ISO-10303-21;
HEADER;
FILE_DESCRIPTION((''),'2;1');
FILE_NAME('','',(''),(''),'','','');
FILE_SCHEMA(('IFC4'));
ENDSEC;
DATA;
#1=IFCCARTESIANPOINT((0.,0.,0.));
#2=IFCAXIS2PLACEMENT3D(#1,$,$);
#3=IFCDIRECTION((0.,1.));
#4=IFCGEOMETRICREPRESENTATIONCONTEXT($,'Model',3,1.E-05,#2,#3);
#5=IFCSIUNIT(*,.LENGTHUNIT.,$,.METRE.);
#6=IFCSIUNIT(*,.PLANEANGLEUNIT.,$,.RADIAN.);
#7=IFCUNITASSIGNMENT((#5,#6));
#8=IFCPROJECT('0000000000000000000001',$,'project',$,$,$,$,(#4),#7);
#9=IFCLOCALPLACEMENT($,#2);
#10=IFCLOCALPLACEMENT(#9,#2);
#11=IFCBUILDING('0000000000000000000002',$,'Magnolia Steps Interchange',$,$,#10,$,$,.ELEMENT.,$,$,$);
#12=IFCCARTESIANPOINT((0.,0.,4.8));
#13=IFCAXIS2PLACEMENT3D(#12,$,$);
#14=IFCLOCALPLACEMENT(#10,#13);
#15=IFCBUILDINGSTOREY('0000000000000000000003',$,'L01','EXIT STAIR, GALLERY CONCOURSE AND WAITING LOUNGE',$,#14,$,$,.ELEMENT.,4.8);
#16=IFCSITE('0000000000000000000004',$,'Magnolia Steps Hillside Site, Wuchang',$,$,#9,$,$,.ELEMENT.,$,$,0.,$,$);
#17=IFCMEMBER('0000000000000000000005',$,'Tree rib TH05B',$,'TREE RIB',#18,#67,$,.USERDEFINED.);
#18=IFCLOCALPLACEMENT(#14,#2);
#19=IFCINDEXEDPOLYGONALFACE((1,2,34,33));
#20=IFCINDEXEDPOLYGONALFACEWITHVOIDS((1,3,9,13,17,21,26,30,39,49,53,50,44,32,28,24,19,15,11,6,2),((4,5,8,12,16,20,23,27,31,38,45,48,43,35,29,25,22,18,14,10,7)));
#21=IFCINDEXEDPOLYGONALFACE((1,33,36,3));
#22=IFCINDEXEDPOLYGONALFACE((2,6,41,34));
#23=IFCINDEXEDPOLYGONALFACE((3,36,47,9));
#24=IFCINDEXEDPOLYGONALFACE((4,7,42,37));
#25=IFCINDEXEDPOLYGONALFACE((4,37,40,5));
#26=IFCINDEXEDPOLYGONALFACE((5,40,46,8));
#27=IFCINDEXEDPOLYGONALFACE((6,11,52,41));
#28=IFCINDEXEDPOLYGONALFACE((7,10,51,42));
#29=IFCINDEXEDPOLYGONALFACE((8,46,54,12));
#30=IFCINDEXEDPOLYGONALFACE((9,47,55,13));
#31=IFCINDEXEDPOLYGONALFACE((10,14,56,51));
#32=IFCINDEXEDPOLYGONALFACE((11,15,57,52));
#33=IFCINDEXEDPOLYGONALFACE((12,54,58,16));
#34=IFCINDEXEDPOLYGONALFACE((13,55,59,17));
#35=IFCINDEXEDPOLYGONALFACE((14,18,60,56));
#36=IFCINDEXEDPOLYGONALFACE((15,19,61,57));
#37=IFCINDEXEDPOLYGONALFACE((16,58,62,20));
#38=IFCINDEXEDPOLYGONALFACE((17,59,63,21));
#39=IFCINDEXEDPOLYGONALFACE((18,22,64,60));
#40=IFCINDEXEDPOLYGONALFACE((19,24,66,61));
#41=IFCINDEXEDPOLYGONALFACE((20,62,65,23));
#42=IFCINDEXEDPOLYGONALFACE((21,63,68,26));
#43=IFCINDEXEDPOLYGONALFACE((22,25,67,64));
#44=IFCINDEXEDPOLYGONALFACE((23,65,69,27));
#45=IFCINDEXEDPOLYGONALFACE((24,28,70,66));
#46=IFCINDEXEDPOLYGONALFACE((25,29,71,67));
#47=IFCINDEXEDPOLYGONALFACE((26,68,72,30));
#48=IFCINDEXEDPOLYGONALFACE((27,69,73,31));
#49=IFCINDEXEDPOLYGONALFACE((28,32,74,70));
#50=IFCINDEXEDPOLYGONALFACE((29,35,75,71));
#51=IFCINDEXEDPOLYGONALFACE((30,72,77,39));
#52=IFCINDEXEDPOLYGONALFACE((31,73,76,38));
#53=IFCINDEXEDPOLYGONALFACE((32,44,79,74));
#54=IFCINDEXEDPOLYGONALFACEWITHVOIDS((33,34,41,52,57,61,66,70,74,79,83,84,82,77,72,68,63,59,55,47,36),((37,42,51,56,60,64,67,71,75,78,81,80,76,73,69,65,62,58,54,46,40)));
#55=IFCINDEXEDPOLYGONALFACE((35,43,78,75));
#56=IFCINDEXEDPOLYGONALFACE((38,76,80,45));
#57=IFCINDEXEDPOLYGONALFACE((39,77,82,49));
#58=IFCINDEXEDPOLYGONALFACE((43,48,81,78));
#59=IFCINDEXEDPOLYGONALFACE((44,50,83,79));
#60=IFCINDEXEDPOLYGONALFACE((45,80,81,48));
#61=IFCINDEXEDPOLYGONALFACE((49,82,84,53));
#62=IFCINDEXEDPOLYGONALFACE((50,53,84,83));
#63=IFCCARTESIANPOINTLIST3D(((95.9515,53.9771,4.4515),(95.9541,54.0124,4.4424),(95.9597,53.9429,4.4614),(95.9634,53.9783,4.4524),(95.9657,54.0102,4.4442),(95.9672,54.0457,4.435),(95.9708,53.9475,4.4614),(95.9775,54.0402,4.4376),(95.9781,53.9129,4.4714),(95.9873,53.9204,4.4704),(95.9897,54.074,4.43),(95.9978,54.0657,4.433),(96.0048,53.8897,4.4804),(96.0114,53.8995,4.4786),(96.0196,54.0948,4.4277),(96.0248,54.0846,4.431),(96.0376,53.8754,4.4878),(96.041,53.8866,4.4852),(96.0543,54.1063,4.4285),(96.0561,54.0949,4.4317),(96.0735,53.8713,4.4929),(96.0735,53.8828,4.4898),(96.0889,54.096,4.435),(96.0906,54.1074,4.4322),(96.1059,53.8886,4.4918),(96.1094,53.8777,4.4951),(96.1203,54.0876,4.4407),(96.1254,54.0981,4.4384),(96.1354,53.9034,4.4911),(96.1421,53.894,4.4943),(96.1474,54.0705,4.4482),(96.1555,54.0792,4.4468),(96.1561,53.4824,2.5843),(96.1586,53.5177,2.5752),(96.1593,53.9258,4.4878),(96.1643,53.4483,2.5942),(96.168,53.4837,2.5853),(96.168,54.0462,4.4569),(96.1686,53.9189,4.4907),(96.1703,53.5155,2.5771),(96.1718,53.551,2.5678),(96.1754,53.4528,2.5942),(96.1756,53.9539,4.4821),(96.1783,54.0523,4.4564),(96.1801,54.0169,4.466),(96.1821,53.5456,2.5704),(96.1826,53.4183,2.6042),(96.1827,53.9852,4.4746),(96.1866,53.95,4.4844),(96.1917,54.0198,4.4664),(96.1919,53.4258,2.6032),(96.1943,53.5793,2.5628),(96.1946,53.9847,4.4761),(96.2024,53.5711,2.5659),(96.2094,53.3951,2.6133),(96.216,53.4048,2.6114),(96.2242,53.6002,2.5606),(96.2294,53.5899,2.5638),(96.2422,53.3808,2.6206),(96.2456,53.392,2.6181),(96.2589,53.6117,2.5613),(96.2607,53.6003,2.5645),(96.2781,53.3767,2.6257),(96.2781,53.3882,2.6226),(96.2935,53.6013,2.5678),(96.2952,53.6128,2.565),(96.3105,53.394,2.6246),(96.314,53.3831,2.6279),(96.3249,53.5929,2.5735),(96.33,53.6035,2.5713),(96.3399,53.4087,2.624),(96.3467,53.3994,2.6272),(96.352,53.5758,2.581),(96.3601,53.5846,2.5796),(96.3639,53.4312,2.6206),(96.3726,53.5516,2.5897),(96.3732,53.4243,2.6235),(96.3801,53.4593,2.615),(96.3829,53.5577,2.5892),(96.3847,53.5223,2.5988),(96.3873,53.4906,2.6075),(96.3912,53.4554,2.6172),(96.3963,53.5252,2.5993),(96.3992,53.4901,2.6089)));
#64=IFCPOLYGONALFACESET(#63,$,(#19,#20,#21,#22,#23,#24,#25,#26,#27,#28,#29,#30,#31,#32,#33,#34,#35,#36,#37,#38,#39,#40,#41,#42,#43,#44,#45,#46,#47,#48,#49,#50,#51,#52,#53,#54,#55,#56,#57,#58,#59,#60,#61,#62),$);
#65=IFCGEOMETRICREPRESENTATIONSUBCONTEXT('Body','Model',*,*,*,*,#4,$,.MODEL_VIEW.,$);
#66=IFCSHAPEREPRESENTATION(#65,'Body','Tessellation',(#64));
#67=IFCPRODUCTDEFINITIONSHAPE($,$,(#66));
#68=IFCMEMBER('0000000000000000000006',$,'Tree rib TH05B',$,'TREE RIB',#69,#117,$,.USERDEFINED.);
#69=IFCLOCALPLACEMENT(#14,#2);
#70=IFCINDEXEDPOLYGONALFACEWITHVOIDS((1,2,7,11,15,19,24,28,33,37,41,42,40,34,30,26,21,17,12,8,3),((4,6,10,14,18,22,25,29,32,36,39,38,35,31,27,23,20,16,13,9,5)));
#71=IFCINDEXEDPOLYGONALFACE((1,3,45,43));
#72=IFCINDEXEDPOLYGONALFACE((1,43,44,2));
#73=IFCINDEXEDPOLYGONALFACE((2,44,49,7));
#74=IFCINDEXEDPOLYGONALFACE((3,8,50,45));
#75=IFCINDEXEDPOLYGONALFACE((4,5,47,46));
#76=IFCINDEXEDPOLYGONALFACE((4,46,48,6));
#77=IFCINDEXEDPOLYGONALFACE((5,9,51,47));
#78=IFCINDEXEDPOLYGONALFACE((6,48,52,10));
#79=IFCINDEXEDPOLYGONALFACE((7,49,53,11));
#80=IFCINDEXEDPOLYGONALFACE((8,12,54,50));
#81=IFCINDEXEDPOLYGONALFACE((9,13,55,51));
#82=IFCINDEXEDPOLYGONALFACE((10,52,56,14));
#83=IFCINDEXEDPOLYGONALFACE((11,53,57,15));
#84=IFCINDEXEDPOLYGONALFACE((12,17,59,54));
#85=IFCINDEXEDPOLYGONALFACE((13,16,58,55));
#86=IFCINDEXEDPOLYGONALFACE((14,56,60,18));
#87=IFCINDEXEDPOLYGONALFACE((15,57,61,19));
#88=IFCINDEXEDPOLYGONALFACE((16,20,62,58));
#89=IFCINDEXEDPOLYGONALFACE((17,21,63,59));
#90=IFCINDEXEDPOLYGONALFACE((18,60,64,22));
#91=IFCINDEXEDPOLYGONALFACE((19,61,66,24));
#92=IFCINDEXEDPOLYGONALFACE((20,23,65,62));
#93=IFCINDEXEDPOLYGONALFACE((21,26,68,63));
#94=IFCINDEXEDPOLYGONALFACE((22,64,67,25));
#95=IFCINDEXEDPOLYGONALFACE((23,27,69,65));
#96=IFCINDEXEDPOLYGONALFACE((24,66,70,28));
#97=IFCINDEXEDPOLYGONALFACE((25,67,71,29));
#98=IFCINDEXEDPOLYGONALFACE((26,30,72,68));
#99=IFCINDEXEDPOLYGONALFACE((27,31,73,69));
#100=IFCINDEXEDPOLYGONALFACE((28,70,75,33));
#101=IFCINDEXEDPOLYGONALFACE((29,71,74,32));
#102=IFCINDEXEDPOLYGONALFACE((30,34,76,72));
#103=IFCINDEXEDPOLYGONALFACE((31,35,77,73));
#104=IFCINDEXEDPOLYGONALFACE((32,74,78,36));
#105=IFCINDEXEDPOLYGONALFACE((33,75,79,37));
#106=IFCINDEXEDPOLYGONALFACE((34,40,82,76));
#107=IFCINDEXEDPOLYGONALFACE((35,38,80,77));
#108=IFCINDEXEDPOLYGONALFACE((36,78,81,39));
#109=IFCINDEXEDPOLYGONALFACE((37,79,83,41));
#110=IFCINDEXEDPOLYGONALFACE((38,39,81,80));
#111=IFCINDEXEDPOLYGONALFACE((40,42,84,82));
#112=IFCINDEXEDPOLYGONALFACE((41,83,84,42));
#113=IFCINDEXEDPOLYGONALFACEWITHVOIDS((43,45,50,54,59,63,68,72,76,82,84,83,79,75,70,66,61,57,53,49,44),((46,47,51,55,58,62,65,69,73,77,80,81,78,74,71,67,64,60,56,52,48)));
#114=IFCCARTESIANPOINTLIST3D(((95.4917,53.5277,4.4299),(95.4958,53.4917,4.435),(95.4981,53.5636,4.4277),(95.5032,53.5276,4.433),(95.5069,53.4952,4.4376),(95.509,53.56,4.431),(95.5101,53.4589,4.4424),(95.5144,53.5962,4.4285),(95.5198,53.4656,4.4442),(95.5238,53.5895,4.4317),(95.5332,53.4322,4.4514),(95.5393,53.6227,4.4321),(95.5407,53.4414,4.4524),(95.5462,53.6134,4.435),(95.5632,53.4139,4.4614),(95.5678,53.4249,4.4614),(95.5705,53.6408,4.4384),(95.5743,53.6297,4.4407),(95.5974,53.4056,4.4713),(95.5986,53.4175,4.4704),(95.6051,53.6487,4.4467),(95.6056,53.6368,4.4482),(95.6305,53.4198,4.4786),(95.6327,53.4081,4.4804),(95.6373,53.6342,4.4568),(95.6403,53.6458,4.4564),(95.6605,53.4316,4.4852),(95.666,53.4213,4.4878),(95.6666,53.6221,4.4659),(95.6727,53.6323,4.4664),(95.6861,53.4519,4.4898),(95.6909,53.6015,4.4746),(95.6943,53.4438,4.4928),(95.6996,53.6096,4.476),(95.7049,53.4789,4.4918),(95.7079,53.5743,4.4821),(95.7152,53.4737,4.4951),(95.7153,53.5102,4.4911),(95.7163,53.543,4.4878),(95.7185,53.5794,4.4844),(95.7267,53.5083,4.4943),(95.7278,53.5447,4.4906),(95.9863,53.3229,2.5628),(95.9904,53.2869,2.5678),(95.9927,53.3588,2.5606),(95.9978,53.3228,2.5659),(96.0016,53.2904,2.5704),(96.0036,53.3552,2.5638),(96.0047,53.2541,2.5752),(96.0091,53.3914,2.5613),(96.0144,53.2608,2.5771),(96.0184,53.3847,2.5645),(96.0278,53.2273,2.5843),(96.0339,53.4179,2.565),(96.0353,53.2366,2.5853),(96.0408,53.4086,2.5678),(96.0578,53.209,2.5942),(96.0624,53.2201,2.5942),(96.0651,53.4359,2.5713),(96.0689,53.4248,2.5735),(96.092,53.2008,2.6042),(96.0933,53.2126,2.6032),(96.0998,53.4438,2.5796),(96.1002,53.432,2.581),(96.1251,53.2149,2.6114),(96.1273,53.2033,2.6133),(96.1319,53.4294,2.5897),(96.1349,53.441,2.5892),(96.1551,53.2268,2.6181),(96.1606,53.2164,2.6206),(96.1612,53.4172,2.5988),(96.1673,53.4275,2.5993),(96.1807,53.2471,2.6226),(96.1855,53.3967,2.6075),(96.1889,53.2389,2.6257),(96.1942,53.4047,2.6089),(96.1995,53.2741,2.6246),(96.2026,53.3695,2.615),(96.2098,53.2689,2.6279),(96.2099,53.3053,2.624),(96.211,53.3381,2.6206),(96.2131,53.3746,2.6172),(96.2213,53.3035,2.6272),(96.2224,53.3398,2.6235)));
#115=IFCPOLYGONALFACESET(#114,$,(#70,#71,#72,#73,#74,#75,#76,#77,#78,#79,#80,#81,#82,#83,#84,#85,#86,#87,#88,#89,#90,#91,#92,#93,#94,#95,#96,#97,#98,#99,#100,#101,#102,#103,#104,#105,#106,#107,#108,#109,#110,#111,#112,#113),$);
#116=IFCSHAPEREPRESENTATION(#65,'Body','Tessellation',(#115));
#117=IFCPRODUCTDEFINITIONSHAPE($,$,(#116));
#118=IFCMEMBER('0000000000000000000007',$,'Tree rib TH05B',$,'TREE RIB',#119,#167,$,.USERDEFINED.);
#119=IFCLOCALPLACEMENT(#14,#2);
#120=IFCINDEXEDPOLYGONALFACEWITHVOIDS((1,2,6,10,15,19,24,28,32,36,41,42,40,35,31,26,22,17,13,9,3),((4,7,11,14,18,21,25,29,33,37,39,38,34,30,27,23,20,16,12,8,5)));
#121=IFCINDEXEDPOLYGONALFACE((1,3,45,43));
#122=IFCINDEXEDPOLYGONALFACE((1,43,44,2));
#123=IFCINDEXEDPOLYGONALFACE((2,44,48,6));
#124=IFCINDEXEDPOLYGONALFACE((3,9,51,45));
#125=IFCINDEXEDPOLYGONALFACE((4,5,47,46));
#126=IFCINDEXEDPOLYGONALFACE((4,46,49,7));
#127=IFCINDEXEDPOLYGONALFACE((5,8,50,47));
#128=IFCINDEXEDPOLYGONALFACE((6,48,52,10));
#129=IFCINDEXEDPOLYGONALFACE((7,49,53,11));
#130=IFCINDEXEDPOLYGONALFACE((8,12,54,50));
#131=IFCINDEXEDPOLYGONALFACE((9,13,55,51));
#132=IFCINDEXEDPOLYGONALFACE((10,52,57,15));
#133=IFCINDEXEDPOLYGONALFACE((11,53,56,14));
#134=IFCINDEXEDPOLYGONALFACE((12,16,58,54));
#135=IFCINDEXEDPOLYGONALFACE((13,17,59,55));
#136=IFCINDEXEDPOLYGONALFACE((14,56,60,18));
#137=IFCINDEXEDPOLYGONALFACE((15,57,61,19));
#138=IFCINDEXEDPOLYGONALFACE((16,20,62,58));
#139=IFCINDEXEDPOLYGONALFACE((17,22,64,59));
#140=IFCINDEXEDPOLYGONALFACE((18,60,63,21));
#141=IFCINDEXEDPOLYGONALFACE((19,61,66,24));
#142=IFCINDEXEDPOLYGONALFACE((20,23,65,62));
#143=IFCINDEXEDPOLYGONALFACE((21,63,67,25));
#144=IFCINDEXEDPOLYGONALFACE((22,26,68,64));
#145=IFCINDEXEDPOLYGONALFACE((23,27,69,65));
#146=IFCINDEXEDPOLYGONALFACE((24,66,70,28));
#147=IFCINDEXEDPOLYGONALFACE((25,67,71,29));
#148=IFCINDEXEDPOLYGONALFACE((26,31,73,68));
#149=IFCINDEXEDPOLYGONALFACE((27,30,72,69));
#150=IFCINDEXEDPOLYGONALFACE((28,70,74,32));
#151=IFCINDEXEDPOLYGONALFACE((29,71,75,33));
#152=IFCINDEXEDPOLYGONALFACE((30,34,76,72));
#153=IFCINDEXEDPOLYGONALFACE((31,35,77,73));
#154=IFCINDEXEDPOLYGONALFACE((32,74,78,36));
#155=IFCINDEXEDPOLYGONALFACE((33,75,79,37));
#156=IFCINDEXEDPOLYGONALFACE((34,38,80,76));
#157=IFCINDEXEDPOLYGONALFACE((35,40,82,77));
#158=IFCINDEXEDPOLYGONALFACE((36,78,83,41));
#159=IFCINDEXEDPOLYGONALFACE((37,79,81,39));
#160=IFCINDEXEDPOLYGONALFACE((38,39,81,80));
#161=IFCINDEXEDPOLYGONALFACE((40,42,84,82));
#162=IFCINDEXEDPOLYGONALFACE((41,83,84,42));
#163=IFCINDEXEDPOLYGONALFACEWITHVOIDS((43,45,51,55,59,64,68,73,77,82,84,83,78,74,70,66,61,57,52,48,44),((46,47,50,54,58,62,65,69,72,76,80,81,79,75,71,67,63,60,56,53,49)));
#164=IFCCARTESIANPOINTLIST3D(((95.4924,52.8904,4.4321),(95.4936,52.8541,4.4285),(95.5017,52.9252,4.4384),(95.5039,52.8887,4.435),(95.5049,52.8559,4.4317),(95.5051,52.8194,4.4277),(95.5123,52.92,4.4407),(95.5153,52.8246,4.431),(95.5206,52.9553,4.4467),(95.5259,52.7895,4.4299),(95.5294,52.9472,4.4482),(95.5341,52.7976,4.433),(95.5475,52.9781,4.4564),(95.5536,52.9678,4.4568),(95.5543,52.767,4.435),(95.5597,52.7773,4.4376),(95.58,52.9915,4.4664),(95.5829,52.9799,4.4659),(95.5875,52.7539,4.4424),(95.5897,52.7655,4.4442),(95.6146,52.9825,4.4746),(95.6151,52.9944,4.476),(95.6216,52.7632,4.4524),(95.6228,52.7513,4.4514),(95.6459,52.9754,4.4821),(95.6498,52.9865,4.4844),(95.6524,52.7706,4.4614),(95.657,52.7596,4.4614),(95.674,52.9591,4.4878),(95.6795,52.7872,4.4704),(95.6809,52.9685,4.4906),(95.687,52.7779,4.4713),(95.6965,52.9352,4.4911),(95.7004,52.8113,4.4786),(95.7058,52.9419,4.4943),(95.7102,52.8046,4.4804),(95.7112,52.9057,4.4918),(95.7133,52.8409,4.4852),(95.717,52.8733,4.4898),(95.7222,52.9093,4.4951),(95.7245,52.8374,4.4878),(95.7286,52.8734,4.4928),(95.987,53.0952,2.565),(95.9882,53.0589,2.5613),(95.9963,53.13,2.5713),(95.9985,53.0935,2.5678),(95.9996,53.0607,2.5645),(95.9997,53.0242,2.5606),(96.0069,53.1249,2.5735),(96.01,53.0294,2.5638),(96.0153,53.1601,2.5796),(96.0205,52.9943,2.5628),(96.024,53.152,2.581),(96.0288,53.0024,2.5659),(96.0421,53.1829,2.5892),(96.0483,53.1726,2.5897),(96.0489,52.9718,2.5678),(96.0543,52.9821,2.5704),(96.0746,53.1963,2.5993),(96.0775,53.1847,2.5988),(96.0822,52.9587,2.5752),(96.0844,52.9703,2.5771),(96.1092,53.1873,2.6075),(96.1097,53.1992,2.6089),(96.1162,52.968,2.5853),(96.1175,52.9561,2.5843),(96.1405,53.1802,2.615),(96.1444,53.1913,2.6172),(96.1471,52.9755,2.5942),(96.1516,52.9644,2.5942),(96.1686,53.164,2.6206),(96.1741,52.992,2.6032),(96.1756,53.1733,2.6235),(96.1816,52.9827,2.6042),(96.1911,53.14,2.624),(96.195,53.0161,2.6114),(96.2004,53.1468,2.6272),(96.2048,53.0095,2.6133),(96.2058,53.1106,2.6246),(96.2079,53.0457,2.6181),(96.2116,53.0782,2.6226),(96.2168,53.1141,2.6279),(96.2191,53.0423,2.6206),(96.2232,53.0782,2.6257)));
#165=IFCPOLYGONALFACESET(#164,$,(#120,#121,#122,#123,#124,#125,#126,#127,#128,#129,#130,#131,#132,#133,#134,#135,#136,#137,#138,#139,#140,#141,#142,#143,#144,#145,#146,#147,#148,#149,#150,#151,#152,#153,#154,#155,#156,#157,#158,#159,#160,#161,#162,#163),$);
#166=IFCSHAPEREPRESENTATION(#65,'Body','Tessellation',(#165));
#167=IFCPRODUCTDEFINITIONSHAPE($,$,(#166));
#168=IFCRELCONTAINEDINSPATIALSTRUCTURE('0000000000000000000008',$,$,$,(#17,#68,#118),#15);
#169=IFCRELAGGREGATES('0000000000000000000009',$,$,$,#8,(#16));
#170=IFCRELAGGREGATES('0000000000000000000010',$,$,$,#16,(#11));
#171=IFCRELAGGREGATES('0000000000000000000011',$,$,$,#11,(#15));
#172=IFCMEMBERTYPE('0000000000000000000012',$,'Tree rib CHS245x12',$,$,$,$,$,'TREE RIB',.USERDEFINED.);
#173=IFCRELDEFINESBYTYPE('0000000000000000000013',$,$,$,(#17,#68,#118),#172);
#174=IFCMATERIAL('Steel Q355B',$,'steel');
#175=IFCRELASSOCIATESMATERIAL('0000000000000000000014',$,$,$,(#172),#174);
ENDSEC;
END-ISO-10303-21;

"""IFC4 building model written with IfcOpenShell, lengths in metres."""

from ifc_helpers import new_model, si_unit, direction, frame, origin, origin_2d, place, context, subcontext, project, spatial, hollow_circle, extrude, material, material_profile, profile_set, type_object, element, save


model = new_model("IFC4")

# Units and contexts
model_context = context("Model", 3, precision=1e-05, world=origin(), true_north=direction((0.0, 1.0)))
body_context = subcontext(model_context, "Body", "Model", "MODEL_VIEW")
ifc_project = project(units=[si_unit("LENGTHUNIT", "METRE"), si_unit("PLANEANGLEUNIT", "RADIAN")], contexts=[model_context])

# Site, building, storey
site_placement = place(None, origin())
site = spatial("IfcSite", under=ifc_project, at=site_placement, Name="Magnolia Steps Hillside Site, Wuchang", CompositionType="ELEMENT", RefElevation=0.0)
building_placement = place(site_placement, origin())
building = spatial("IfcBuilding", under=site, at=building_placement, Name="Magnolia Steps Interchange", CompositionType="ELEMENT")
storey_placement = place(building_placement, frame((0.0, 0.0, 4.8)))
storey = spatial("IfcBuildingStorey", under=building, at=storey_placement, Name="L01", Description="EXIT STAIR, GALLERY CONCOURSE AND WAITING LOUNGE", CompositionType="ELEMENT", Elevation=4.8)

# Members
ifc_material_1 = material(Name="Steel Q355B", Category="steel")
ifc_material_profile_1 = material_profile(ifc_material_1, hollow_circle(Radius=0.1226, WallThickness=0.012, at=origin_2d()), Name="CHS245x12")
ifc_profile_set_1 = profile_set([ifc_material_profile_1], Name="Steel Q355B")
member_type = type_object("IfcMemberType", Name="Tree rib CHS245x12", ElementType="TREE RIB", PredefinedType="USERDEFINED", material=ifc_profile_set_1)
for number, where, z_axis, x_axis, name in (
    (1, (96.2776, 53.4951, 2.5942), (-0.105329, 0.254649, 0.96128), (-0.924072, -0.382218, 0.0), "Tree rib TH05B"),
    (2, (96.1047, 53.3223, 2.5942), (-0.254645, 0.105453, 0.961268), (-0.382607, -0.923911, 0.0), "Tree rib TH05B"),
    (3, (96.1047, 53.0776, 2.5942), (-0.254645, -0.105453, 0.961268), (0.382607, -0.923911, 0.0), "Tree rib TH05B"),
):
    element("IfcMember", number, at=place(storey_placement, frame(where, z_axis=z_axis, x_axis=x_axis)), inside=storey, type_object=member_type, Name=name, ObjectType="TREE RIB", PredefinedType="USERDEFINED", context=body_context, shape_type="SweptSolid", body=[
        extrude(hollow_circle(Radius=0.1226, WallThickness=0.012, at=origin_2d()), origin(), (0.0, 0.0, 1.0), 1.9424),
    ])

save(model, "model.ifc")
